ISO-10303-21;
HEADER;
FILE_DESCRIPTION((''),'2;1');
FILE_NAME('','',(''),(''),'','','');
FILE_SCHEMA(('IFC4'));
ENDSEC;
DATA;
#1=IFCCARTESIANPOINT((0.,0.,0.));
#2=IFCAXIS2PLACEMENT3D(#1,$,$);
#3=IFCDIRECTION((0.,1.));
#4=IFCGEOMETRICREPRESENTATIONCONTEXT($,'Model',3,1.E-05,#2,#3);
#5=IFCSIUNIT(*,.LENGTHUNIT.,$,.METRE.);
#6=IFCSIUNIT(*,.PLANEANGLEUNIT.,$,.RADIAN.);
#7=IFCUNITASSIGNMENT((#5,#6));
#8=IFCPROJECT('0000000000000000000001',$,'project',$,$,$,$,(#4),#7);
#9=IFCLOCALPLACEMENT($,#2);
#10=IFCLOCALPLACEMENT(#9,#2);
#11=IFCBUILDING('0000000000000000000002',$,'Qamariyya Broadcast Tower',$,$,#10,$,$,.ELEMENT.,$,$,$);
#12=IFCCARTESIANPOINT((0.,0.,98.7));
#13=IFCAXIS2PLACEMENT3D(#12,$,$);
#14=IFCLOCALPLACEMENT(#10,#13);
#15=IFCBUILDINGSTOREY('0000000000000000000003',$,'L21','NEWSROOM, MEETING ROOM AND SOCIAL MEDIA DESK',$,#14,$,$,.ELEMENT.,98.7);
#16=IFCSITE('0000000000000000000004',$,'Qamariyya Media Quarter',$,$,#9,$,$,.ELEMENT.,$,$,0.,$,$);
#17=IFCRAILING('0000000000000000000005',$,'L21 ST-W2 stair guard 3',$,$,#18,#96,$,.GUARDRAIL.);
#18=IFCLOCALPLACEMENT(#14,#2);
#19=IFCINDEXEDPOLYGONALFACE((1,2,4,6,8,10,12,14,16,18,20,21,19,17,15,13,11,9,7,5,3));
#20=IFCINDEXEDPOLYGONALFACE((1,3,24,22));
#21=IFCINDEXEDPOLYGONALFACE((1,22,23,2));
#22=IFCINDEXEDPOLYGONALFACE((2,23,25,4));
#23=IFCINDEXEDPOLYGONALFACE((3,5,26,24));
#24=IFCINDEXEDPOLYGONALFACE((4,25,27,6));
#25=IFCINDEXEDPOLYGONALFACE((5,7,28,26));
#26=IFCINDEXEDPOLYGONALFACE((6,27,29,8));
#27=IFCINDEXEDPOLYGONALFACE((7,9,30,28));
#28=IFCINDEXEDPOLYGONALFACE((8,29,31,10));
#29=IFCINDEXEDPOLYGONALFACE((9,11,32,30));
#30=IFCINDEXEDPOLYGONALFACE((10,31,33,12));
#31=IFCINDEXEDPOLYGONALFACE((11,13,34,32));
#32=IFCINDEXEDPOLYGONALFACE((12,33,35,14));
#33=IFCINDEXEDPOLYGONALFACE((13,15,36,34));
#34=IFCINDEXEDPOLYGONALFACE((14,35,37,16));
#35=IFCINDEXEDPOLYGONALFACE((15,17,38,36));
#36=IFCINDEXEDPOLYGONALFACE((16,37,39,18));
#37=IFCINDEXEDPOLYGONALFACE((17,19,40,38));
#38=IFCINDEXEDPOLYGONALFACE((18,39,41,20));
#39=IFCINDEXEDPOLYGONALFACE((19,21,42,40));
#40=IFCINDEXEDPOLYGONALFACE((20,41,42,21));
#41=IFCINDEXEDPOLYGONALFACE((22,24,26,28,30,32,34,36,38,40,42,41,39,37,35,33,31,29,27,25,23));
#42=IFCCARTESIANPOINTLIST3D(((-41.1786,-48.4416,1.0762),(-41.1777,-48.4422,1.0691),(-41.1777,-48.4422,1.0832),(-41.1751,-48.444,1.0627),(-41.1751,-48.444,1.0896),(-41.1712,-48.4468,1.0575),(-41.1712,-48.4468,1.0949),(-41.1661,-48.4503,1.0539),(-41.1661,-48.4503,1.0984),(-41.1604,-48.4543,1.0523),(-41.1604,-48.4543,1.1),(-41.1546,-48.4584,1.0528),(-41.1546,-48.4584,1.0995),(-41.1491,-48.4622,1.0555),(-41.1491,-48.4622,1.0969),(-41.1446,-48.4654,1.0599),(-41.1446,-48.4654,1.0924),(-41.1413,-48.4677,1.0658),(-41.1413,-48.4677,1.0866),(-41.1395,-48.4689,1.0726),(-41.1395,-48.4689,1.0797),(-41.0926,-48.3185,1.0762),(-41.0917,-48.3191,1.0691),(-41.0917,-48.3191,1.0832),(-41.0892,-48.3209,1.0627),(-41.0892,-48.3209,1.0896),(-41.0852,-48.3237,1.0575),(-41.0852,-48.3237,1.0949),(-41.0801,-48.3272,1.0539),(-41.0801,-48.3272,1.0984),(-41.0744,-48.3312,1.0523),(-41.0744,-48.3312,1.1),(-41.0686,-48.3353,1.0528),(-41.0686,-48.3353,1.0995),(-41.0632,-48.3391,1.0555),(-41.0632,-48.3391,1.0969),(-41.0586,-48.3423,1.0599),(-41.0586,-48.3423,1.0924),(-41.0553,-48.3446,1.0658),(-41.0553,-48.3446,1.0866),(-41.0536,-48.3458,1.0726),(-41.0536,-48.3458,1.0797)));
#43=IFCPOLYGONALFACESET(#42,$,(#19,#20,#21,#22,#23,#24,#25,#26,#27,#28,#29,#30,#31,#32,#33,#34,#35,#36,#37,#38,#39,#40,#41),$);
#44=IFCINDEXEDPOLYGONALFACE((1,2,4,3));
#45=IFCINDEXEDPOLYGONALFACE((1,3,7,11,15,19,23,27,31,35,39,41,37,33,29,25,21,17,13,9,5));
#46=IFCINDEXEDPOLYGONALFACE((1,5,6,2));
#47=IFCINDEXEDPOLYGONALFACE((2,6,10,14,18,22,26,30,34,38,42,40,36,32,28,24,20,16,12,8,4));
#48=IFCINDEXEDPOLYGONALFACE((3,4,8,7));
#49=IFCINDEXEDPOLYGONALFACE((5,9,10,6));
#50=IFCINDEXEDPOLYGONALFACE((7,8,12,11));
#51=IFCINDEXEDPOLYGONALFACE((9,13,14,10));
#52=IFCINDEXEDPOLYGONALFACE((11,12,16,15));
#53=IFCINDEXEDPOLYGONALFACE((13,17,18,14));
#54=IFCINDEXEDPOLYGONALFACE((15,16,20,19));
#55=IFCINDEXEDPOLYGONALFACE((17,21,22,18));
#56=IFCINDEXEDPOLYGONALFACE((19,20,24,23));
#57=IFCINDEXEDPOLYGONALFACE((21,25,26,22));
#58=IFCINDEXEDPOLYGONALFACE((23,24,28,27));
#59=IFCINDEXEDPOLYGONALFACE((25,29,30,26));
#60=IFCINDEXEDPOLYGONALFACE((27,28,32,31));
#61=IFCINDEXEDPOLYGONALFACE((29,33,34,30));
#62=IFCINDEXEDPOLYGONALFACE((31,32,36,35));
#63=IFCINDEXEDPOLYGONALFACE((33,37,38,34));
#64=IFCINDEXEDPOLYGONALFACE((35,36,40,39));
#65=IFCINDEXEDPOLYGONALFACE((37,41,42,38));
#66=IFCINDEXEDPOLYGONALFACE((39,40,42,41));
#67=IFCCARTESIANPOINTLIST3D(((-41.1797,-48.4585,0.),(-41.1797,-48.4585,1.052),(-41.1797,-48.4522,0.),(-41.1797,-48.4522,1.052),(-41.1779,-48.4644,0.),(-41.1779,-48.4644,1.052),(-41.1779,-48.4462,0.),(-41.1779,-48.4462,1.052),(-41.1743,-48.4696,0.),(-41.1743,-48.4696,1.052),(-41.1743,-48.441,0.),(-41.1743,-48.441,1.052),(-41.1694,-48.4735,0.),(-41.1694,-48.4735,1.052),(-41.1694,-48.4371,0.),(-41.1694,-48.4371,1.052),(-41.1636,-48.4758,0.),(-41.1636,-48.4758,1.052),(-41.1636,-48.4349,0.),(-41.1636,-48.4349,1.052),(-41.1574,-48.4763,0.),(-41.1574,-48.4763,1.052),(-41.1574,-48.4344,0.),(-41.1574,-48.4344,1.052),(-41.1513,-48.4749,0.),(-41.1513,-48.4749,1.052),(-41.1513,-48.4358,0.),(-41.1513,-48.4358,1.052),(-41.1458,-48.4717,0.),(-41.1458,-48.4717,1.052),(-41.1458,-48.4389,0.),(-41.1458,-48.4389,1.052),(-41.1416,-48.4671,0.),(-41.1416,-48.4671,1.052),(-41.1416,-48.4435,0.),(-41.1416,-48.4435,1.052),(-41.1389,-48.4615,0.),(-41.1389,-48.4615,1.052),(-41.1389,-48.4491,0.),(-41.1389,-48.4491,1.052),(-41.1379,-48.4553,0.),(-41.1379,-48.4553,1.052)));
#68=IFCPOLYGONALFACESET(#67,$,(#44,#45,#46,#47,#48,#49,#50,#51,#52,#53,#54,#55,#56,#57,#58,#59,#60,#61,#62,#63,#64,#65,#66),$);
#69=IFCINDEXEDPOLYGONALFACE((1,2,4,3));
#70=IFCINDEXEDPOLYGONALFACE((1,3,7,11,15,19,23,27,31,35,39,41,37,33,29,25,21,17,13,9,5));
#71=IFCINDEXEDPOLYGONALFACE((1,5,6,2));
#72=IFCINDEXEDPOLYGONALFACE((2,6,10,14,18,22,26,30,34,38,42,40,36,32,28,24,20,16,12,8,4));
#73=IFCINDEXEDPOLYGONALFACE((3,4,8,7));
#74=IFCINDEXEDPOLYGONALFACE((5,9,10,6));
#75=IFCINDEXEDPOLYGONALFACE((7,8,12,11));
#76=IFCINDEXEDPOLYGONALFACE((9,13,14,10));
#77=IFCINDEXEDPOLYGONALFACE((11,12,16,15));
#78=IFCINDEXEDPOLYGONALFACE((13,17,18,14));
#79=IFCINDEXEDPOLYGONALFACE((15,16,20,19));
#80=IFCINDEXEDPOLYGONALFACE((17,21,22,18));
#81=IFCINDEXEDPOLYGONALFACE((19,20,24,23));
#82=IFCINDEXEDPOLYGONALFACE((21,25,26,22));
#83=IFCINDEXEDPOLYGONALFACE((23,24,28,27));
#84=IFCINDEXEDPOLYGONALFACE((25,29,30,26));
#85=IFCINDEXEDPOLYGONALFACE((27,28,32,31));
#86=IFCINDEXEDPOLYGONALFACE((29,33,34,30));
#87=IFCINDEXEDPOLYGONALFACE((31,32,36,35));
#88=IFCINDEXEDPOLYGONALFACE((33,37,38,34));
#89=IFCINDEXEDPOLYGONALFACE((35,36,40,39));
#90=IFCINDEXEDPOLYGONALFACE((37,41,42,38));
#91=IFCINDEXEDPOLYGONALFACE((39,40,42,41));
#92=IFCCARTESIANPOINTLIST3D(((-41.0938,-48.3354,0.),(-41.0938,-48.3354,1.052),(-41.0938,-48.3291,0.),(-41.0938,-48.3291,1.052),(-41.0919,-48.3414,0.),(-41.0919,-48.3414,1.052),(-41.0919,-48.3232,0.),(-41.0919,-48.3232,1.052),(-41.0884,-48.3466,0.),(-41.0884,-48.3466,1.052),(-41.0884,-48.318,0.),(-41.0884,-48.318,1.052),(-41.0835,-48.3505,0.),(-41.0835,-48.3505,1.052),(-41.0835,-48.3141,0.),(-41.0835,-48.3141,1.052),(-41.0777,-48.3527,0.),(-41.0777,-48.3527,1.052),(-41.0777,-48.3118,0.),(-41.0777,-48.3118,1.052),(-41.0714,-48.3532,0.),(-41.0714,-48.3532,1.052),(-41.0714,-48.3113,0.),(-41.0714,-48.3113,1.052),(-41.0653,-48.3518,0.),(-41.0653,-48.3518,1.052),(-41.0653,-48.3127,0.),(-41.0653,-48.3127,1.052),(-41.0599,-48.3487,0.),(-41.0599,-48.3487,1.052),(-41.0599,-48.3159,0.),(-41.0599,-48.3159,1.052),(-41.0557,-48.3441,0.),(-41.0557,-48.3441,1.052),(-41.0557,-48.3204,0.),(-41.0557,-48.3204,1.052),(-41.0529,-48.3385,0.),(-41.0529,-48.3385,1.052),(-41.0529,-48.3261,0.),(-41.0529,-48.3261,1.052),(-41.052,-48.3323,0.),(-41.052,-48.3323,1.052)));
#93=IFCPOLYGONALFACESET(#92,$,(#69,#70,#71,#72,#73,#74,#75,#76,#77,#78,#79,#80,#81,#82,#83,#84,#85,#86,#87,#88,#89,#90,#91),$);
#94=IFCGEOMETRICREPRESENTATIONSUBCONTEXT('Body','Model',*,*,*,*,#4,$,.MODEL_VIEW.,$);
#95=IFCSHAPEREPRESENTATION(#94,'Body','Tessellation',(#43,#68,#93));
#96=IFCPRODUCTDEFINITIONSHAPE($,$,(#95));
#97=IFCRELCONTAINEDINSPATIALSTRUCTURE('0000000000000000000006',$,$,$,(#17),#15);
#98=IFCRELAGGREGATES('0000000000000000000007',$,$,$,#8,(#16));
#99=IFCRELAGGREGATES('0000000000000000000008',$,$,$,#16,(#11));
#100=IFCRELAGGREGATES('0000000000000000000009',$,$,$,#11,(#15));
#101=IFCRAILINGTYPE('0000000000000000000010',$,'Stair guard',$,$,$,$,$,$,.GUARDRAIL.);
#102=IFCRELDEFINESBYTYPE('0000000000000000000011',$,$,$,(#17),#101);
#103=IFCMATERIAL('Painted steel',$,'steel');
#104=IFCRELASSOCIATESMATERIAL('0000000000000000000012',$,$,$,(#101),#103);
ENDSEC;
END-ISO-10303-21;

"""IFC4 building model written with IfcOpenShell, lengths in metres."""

from ifc_helpers import new_model, si_unit, direction, frame, origin, origin_2d, place, context, subcontext, project, spatial, circle, extrude, material, type_object, element, save


model = new_model("IFC4")

# Units and contexts
model_context = context("Model", 3, precision=1e-05, world=origin(), true_north=direction((0.0, 1.0)))
body_context = subcontext(model_context, "Body", "Model", "MODEL_VIEW")
ifc_project = project(units=[si_unit("LENGTHUNIT", "METRE"), si_unit("PLANEANGLEUNIT", "RADIAN")], contexts=[model_context])

# Site, building, storey
site_placement = place(None, origin())
site = spatial("IfcSite", under=ifc_project, at=site_placement, Name="Qamariyya Media Quarter", CompositionType="ELEMENT", RefElevation=0.0)
building_placement = place(site_placement, origin())
building = spatial("IfcBuilding", under=site, at=building_placement, Name="Qamariyya Broadcast Tower", CompositionType="ELEMENT")
storey_placement = place(building_placement, frame((0.0, 0.0, 98.7)))
storey = spatial("IfcBuildingStorey", under=building, at=storey_placement, Name="L21", Description="NEWSROOM, MEETING ROOM AND SOCIAL MEDIA DESK", CompositionType="ELEMENT", Elevation=98.7)

# Railing
ifc_material_1 = material(Name="Painted steel", Category="steel")
railing_type_1 = type_object("IfcRailingType", Name="Stair guard", PredefinedType="GUARDRAIL", material=ifc_material_1)
railing_1_placement = place(storey_placement, frame((-41.1589, -48.4553, 0.0)))
element("IfcRailing", 1, at=railing_1_placement, inside=storey, type_object=railing_type_1, Name="L21 ST-W2 stair guard 3", PredefinedType="GUARDRAIL", context=body_context, shape_type="SweptSolid", body=[
    extrude(circle(Radius=0.0239, at=origin_2d()), frame((0.0, 0.0, 1.0762), z_axis=(0.572589, 0.819843, 0.0), x_axis=(-0.819843, 0.572589, 0.0)), (0.0, 0.0, 1.0), 0.1501),
    extrude(circle(Radius=0.021, at=origin_2d()), origin(), (0.0, 0.0, 1.0), 1.052),
    extrude(circle(Radius=0.021, at=origin_2d()), frame((0.0859, 0.123, 0.0)), (0.0, 0.0, 1.0), 1.052),
])

save(model, "model.ifc")
